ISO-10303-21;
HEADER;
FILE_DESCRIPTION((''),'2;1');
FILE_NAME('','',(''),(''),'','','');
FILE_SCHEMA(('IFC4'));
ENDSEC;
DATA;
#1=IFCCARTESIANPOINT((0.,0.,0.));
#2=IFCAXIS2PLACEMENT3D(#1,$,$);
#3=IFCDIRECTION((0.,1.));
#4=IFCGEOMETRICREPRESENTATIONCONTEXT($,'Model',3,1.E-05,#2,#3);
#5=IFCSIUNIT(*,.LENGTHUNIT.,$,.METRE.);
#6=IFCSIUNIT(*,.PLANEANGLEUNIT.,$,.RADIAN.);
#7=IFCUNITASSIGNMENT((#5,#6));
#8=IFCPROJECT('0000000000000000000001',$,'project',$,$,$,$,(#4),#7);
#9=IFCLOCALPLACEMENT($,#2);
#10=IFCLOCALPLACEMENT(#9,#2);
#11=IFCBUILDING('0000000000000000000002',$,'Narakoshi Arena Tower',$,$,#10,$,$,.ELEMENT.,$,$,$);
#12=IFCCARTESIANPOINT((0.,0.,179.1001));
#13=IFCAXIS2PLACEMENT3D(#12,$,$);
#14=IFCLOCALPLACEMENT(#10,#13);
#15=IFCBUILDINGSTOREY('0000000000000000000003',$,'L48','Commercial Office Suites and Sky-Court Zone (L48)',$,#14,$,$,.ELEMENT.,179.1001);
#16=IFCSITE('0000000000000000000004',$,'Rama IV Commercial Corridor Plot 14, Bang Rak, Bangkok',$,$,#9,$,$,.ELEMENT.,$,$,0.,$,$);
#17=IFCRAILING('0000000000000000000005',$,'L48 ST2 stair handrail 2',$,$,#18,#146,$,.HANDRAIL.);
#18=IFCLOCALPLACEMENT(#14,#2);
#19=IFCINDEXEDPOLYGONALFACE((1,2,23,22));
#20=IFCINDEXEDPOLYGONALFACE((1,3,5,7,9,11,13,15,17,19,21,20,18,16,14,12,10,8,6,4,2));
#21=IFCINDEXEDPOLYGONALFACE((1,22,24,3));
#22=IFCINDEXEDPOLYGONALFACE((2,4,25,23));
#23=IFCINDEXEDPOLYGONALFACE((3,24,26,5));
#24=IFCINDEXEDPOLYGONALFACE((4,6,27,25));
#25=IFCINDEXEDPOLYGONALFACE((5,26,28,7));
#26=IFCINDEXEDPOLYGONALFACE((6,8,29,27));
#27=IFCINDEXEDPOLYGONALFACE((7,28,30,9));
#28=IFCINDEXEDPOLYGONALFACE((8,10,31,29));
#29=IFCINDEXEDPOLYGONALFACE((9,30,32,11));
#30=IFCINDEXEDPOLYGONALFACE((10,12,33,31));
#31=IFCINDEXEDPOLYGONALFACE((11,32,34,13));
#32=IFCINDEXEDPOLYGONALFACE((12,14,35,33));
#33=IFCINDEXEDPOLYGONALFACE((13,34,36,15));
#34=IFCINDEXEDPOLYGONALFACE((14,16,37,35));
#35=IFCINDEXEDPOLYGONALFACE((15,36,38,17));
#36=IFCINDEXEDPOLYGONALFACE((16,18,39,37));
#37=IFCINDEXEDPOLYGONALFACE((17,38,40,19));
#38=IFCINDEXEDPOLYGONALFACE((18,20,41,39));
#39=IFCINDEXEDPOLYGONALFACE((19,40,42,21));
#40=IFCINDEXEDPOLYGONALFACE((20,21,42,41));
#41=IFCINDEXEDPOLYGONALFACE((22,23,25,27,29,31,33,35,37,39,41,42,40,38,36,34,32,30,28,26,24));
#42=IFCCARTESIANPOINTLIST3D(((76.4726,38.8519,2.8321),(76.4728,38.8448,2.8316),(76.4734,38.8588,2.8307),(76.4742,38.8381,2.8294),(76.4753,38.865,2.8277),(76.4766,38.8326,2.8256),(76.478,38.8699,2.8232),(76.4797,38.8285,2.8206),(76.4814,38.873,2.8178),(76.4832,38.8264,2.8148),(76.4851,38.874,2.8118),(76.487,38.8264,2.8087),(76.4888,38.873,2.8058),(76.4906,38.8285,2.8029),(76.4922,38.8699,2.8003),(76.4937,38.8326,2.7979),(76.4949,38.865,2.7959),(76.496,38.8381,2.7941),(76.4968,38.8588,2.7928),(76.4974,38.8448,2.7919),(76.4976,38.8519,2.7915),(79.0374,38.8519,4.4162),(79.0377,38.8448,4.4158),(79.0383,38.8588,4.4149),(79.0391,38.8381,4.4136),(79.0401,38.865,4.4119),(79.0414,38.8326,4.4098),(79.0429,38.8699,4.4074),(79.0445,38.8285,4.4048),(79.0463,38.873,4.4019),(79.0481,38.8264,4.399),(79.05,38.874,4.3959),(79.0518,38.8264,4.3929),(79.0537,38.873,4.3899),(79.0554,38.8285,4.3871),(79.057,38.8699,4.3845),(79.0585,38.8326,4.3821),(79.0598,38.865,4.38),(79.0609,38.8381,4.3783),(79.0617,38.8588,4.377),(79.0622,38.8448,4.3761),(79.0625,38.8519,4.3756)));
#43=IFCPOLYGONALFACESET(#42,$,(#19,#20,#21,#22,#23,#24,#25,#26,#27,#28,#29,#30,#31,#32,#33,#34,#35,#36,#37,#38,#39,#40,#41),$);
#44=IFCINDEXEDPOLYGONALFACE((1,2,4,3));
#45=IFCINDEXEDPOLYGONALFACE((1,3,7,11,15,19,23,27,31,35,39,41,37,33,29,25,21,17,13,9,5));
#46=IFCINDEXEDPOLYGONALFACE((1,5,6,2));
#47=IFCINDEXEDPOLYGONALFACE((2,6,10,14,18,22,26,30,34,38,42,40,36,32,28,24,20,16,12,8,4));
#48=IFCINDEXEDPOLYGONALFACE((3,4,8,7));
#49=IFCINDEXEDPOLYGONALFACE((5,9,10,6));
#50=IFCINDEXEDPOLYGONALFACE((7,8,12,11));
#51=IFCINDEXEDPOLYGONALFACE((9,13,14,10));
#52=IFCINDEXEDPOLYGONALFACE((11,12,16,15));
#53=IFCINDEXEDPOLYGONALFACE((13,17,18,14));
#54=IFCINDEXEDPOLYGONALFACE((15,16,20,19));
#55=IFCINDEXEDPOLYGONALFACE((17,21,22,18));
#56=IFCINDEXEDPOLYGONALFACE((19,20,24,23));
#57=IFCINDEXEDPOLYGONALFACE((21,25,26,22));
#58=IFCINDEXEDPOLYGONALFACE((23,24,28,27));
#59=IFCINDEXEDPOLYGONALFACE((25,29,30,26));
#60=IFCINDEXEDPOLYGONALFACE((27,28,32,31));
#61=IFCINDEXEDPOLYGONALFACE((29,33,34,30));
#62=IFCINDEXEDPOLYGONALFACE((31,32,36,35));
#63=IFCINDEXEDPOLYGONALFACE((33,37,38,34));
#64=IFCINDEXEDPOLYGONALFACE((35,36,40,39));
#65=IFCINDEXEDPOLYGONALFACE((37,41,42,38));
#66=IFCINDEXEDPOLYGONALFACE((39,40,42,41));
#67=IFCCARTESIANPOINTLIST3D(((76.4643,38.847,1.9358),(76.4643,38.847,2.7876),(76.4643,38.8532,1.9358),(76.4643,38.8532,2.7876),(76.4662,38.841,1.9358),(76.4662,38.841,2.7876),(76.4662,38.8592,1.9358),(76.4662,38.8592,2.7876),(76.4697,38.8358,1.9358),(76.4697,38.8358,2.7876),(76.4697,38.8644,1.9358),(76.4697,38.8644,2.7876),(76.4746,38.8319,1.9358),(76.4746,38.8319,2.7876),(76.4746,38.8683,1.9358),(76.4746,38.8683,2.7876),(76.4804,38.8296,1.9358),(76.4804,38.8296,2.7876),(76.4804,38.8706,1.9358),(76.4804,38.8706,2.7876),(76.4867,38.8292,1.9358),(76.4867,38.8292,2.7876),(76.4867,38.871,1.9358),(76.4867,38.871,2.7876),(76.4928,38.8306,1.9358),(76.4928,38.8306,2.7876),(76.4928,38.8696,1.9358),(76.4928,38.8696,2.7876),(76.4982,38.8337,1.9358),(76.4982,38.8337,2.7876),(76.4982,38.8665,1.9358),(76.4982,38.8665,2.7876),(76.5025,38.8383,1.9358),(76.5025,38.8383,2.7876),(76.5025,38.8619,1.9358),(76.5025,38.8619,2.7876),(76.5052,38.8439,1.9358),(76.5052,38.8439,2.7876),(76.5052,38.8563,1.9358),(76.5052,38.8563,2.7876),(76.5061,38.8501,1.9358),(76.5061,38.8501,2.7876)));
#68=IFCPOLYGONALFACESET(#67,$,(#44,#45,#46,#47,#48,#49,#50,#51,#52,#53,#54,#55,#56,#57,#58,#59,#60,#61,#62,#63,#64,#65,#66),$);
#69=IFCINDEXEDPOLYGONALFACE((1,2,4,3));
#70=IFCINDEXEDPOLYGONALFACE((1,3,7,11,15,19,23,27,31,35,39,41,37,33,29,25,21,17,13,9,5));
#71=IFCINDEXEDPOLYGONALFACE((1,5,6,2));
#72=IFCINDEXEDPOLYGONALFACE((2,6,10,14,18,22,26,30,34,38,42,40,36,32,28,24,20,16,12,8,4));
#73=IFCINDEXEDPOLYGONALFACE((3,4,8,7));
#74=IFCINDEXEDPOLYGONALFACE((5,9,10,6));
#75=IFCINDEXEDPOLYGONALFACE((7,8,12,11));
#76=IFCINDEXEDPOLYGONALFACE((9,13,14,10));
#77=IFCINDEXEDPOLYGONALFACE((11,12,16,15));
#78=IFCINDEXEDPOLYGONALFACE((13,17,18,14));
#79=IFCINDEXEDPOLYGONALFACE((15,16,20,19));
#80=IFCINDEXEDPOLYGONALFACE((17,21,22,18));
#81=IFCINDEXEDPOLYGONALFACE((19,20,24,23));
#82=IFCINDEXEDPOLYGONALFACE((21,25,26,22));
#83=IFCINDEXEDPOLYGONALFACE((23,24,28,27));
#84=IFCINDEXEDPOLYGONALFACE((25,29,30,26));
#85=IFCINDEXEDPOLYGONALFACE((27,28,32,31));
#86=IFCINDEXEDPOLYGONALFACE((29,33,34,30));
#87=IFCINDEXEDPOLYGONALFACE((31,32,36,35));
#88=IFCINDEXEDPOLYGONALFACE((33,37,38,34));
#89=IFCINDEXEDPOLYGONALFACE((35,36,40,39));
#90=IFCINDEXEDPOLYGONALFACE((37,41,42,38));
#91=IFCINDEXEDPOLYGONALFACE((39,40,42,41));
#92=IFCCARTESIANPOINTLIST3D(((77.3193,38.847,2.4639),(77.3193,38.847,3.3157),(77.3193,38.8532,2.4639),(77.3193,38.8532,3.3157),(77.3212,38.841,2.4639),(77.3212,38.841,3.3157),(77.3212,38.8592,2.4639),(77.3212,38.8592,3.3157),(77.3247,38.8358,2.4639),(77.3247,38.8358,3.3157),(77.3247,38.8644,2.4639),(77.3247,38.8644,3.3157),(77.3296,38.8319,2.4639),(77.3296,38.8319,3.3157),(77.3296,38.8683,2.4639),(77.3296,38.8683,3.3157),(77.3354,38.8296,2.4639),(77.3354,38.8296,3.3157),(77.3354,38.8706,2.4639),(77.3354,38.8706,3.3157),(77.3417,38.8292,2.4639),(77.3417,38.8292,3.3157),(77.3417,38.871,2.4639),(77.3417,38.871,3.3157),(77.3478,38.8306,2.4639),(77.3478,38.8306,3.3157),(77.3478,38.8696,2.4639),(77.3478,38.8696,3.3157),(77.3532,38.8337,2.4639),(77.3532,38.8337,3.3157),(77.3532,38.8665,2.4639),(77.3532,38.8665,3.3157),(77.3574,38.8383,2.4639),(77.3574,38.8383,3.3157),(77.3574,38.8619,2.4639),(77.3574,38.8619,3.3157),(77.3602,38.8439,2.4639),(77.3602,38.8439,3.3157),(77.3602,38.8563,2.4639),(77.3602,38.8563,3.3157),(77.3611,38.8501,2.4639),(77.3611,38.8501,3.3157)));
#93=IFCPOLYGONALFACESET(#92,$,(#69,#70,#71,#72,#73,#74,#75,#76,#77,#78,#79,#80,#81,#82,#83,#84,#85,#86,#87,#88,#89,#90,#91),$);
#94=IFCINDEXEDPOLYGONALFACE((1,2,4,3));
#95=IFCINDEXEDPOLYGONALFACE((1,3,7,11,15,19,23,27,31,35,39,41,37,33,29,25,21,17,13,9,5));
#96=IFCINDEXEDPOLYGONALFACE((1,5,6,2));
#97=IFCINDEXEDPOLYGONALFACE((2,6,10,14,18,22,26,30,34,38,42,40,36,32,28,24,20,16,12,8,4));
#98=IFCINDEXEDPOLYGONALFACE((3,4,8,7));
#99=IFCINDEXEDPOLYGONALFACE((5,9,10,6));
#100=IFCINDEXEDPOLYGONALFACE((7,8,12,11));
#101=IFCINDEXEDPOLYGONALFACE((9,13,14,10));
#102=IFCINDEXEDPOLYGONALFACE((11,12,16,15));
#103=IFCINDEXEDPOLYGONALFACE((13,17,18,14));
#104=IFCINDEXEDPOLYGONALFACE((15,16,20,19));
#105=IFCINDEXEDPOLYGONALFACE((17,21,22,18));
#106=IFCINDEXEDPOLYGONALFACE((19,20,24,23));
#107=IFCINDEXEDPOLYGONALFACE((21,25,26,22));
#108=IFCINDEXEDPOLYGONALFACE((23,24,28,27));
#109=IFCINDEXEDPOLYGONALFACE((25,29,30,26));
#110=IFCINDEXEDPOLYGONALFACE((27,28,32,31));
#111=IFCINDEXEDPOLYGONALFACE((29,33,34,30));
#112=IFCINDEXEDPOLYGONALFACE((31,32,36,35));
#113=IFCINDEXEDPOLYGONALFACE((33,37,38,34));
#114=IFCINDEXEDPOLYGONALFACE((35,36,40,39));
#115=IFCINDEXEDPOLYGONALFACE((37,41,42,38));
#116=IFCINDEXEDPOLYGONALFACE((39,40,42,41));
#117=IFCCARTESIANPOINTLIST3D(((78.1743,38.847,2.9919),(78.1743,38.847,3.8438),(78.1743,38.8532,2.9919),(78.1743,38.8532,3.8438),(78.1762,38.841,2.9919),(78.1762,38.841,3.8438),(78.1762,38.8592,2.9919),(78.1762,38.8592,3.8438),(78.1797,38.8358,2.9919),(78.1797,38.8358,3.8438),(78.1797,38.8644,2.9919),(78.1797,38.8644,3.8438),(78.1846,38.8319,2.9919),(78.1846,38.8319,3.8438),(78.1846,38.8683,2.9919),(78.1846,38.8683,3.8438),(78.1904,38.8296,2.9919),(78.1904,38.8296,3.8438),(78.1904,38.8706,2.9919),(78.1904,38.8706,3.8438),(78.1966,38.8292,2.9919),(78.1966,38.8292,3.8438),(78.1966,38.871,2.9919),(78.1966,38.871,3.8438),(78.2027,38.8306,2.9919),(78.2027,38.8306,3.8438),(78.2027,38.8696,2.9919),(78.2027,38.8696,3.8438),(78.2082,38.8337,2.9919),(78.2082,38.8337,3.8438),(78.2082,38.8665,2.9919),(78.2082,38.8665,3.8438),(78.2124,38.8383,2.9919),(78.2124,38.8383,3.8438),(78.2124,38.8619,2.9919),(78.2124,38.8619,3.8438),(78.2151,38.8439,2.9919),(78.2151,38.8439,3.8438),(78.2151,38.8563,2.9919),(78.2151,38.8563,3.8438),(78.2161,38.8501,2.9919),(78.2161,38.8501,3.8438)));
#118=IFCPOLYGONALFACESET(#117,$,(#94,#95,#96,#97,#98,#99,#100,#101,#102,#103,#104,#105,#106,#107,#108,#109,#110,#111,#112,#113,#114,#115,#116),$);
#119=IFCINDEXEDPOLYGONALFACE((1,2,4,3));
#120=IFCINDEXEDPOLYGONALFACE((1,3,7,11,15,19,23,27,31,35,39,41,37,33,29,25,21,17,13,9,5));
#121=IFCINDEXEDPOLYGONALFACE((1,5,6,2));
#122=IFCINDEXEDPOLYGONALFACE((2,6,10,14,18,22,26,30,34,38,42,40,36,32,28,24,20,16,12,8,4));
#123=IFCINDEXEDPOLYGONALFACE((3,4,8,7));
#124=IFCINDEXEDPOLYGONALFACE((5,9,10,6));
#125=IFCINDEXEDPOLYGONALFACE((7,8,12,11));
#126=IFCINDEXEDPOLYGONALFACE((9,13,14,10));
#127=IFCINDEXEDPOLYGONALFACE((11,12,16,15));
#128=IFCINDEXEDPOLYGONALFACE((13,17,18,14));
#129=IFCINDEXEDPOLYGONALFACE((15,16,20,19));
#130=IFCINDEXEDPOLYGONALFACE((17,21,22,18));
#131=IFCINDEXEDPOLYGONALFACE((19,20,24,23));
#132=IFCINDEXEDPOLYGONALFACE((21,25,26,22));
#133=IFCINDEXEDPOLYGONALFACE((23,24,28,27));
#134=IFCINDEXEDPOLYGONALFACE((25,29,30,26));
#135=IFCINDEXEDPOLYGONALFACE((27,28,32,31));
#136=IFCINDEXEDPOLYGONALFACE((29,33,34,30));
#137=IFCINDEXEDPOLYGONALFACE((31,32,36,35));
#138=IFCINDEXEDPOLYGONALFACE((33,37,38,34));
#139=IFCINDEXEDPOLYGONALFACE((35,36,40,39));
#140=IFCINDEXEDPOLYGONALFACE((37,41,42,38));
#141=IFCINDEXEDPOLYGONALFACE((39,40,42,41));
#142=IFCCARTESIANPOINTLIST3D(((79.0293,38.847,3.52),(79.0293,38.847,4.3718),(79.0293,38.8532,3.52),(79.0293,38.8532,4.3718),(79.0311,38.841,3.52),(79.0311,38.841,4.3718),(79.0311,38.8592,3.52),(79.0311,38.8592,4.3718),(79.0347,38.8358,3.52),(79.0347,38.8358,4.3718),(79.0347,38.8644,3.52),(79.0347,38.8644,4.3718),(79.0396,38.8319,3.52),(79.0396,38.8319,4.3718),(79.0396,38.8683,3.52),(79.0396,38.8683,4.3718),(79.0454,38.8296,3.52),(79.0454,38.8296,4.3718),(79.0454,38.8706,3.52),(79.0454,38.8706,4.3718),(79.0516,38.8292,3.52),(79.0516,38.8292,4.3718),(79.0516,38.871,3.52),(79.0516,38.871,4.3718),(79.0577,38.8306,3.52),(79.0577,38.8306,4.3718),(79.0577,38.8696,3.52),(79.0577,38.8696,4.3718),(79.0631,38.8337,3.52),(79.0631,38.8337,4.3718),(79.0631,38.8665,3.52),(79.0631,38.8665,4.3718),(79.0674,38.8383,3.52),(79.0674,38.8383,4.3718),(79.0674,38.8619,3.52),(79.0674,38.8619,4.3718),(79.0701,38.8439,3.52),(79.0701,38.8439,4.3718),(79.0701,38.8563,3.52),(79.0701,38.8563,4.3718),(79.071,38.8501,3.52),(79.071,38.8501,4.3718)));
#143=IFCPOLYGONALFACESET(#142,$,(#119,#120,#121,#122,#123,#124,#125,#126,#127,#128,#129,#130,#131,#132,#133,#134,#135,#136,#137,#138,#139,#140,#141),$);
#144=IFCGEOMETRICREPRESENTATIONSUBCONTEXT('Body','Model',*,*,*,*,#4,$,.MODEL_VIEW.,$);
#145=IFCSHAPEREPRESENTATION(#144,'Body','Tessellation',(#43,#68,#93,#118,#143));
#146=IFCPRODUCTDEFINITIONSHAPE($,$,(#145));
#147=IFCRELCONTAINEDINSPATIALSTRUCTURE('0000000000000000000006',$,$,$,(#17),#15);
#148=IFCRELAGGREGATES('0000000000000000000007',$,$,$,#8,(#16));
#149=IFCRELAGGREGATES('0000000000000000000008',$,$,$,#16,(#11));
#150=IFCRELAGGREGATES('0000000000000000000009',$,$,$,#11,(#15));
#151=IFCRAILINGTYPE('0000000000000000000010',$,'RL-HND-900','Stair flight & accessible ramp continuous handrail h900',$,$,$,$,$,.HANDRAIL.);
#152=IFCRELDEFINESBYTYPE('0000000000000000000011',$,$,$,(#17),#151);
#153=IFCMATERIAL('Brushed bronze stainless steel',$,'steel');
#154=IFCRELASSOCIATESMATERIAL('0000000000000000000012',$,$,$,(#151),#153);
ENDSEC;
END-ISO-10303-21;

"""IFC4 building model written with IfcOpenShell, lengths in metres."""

from ifc_helpers import new_model, si_unit, direction, frame, origin, origin_2d, place, context, subcontext, project, spatial, circle, extrude, material, type_object, element, save


model = new_model("IFC4")

# Units and contexts
model_context = context("Model", 3, precision=1e-05, world=origin(), true_north=direction((0.0, 1.0)))
body_context = subcontext(model_context, "Body", "Model", "MODEL_VIEW")
ifc_project = project(units=[si_unit("LENGTHUNIT", "METRE"), si_unit("PLANEANGLEUNIT", "RADIAN")], contexts=[model_context])

# Site, building, storey
site_placement = place(None, origin())
site = spatial("IfcSite", under=ifc_project, at=site_placement, Name="Rama IV Commercial Corridor Plot 14, Bang Rak, Bangkok", CompositionType="ELEMENT", RefElevation=0.0)
building_placement = place(site_placement, origin())
building = spatial("IfcBuilding", under=site, at=building_placement, Name="Narakoshi Arena Tower", CompositionType="ELEMENT")
storey_placement = place(building_placement, frame((0.0, 0.0, 179.1001)))
storey = spatial("IfcBuildingStorey", under=building, at=storey_placement, Name="L48", Description="Commercial Office Suites and Sky-Court Zone (L48)", CompositionType="ELEMENT", Elevation=179.1001)

# Railing
ifc_material_1 = material(Name="Brushed bronze stainless steel", Category="steel")
railing_type_1 = type_object("IfcRailingType", Name="RL-HND-900", Description="Stair flight & accessible ramp continuous handrail h900", PredefinedType="HANDRAIL", material=ifc_material_1)
railing_1_placement = place(storey_placement, frame((76.4851, 38.8501, 1.9358)))
element("IfcRailing", 1, at=railing_1_placement, inside=storey, type_object=railing_type_1, Name="L48 ST2 stair handrail 2", PredefinedType="HANDRAIL", context=body_context, shape_type="SweptSolid", body=[
    extrude(circle(Radius=0.0239, at=origin_2d()), frame((0.0, 0.0, 0.876), z_axis=(0.850798, 0.0, 0.525493), x_axis=(0.0, 1.0, 0.0)), (0.0, 0.0, 1.0), 3.0146),
    extrude(circle(Radius=0.021, at=origin_2d()), origin(), (0.0, 0.0, 1.0), 0.8518),
    extrude(circle(Radius=0.021, at=origin_2d()), frame((0.855, 0.0, 0.5281)), (0.0, 0.0, 1.0), 0.8518),
    extrude(circle(Radius=0.021, at=origin_2d()), frame((1.71, 0.0, 1.0562)), (0.0, 0.0, 1.0), 0.8518),
    extrude(circle(Radius=0.021, at=origin_2d()), frame((2.5649, 0.0, 1.5842)), (0.0, 0.0, 1.0), 0.8518),
])

save(model, "model.ifc")
